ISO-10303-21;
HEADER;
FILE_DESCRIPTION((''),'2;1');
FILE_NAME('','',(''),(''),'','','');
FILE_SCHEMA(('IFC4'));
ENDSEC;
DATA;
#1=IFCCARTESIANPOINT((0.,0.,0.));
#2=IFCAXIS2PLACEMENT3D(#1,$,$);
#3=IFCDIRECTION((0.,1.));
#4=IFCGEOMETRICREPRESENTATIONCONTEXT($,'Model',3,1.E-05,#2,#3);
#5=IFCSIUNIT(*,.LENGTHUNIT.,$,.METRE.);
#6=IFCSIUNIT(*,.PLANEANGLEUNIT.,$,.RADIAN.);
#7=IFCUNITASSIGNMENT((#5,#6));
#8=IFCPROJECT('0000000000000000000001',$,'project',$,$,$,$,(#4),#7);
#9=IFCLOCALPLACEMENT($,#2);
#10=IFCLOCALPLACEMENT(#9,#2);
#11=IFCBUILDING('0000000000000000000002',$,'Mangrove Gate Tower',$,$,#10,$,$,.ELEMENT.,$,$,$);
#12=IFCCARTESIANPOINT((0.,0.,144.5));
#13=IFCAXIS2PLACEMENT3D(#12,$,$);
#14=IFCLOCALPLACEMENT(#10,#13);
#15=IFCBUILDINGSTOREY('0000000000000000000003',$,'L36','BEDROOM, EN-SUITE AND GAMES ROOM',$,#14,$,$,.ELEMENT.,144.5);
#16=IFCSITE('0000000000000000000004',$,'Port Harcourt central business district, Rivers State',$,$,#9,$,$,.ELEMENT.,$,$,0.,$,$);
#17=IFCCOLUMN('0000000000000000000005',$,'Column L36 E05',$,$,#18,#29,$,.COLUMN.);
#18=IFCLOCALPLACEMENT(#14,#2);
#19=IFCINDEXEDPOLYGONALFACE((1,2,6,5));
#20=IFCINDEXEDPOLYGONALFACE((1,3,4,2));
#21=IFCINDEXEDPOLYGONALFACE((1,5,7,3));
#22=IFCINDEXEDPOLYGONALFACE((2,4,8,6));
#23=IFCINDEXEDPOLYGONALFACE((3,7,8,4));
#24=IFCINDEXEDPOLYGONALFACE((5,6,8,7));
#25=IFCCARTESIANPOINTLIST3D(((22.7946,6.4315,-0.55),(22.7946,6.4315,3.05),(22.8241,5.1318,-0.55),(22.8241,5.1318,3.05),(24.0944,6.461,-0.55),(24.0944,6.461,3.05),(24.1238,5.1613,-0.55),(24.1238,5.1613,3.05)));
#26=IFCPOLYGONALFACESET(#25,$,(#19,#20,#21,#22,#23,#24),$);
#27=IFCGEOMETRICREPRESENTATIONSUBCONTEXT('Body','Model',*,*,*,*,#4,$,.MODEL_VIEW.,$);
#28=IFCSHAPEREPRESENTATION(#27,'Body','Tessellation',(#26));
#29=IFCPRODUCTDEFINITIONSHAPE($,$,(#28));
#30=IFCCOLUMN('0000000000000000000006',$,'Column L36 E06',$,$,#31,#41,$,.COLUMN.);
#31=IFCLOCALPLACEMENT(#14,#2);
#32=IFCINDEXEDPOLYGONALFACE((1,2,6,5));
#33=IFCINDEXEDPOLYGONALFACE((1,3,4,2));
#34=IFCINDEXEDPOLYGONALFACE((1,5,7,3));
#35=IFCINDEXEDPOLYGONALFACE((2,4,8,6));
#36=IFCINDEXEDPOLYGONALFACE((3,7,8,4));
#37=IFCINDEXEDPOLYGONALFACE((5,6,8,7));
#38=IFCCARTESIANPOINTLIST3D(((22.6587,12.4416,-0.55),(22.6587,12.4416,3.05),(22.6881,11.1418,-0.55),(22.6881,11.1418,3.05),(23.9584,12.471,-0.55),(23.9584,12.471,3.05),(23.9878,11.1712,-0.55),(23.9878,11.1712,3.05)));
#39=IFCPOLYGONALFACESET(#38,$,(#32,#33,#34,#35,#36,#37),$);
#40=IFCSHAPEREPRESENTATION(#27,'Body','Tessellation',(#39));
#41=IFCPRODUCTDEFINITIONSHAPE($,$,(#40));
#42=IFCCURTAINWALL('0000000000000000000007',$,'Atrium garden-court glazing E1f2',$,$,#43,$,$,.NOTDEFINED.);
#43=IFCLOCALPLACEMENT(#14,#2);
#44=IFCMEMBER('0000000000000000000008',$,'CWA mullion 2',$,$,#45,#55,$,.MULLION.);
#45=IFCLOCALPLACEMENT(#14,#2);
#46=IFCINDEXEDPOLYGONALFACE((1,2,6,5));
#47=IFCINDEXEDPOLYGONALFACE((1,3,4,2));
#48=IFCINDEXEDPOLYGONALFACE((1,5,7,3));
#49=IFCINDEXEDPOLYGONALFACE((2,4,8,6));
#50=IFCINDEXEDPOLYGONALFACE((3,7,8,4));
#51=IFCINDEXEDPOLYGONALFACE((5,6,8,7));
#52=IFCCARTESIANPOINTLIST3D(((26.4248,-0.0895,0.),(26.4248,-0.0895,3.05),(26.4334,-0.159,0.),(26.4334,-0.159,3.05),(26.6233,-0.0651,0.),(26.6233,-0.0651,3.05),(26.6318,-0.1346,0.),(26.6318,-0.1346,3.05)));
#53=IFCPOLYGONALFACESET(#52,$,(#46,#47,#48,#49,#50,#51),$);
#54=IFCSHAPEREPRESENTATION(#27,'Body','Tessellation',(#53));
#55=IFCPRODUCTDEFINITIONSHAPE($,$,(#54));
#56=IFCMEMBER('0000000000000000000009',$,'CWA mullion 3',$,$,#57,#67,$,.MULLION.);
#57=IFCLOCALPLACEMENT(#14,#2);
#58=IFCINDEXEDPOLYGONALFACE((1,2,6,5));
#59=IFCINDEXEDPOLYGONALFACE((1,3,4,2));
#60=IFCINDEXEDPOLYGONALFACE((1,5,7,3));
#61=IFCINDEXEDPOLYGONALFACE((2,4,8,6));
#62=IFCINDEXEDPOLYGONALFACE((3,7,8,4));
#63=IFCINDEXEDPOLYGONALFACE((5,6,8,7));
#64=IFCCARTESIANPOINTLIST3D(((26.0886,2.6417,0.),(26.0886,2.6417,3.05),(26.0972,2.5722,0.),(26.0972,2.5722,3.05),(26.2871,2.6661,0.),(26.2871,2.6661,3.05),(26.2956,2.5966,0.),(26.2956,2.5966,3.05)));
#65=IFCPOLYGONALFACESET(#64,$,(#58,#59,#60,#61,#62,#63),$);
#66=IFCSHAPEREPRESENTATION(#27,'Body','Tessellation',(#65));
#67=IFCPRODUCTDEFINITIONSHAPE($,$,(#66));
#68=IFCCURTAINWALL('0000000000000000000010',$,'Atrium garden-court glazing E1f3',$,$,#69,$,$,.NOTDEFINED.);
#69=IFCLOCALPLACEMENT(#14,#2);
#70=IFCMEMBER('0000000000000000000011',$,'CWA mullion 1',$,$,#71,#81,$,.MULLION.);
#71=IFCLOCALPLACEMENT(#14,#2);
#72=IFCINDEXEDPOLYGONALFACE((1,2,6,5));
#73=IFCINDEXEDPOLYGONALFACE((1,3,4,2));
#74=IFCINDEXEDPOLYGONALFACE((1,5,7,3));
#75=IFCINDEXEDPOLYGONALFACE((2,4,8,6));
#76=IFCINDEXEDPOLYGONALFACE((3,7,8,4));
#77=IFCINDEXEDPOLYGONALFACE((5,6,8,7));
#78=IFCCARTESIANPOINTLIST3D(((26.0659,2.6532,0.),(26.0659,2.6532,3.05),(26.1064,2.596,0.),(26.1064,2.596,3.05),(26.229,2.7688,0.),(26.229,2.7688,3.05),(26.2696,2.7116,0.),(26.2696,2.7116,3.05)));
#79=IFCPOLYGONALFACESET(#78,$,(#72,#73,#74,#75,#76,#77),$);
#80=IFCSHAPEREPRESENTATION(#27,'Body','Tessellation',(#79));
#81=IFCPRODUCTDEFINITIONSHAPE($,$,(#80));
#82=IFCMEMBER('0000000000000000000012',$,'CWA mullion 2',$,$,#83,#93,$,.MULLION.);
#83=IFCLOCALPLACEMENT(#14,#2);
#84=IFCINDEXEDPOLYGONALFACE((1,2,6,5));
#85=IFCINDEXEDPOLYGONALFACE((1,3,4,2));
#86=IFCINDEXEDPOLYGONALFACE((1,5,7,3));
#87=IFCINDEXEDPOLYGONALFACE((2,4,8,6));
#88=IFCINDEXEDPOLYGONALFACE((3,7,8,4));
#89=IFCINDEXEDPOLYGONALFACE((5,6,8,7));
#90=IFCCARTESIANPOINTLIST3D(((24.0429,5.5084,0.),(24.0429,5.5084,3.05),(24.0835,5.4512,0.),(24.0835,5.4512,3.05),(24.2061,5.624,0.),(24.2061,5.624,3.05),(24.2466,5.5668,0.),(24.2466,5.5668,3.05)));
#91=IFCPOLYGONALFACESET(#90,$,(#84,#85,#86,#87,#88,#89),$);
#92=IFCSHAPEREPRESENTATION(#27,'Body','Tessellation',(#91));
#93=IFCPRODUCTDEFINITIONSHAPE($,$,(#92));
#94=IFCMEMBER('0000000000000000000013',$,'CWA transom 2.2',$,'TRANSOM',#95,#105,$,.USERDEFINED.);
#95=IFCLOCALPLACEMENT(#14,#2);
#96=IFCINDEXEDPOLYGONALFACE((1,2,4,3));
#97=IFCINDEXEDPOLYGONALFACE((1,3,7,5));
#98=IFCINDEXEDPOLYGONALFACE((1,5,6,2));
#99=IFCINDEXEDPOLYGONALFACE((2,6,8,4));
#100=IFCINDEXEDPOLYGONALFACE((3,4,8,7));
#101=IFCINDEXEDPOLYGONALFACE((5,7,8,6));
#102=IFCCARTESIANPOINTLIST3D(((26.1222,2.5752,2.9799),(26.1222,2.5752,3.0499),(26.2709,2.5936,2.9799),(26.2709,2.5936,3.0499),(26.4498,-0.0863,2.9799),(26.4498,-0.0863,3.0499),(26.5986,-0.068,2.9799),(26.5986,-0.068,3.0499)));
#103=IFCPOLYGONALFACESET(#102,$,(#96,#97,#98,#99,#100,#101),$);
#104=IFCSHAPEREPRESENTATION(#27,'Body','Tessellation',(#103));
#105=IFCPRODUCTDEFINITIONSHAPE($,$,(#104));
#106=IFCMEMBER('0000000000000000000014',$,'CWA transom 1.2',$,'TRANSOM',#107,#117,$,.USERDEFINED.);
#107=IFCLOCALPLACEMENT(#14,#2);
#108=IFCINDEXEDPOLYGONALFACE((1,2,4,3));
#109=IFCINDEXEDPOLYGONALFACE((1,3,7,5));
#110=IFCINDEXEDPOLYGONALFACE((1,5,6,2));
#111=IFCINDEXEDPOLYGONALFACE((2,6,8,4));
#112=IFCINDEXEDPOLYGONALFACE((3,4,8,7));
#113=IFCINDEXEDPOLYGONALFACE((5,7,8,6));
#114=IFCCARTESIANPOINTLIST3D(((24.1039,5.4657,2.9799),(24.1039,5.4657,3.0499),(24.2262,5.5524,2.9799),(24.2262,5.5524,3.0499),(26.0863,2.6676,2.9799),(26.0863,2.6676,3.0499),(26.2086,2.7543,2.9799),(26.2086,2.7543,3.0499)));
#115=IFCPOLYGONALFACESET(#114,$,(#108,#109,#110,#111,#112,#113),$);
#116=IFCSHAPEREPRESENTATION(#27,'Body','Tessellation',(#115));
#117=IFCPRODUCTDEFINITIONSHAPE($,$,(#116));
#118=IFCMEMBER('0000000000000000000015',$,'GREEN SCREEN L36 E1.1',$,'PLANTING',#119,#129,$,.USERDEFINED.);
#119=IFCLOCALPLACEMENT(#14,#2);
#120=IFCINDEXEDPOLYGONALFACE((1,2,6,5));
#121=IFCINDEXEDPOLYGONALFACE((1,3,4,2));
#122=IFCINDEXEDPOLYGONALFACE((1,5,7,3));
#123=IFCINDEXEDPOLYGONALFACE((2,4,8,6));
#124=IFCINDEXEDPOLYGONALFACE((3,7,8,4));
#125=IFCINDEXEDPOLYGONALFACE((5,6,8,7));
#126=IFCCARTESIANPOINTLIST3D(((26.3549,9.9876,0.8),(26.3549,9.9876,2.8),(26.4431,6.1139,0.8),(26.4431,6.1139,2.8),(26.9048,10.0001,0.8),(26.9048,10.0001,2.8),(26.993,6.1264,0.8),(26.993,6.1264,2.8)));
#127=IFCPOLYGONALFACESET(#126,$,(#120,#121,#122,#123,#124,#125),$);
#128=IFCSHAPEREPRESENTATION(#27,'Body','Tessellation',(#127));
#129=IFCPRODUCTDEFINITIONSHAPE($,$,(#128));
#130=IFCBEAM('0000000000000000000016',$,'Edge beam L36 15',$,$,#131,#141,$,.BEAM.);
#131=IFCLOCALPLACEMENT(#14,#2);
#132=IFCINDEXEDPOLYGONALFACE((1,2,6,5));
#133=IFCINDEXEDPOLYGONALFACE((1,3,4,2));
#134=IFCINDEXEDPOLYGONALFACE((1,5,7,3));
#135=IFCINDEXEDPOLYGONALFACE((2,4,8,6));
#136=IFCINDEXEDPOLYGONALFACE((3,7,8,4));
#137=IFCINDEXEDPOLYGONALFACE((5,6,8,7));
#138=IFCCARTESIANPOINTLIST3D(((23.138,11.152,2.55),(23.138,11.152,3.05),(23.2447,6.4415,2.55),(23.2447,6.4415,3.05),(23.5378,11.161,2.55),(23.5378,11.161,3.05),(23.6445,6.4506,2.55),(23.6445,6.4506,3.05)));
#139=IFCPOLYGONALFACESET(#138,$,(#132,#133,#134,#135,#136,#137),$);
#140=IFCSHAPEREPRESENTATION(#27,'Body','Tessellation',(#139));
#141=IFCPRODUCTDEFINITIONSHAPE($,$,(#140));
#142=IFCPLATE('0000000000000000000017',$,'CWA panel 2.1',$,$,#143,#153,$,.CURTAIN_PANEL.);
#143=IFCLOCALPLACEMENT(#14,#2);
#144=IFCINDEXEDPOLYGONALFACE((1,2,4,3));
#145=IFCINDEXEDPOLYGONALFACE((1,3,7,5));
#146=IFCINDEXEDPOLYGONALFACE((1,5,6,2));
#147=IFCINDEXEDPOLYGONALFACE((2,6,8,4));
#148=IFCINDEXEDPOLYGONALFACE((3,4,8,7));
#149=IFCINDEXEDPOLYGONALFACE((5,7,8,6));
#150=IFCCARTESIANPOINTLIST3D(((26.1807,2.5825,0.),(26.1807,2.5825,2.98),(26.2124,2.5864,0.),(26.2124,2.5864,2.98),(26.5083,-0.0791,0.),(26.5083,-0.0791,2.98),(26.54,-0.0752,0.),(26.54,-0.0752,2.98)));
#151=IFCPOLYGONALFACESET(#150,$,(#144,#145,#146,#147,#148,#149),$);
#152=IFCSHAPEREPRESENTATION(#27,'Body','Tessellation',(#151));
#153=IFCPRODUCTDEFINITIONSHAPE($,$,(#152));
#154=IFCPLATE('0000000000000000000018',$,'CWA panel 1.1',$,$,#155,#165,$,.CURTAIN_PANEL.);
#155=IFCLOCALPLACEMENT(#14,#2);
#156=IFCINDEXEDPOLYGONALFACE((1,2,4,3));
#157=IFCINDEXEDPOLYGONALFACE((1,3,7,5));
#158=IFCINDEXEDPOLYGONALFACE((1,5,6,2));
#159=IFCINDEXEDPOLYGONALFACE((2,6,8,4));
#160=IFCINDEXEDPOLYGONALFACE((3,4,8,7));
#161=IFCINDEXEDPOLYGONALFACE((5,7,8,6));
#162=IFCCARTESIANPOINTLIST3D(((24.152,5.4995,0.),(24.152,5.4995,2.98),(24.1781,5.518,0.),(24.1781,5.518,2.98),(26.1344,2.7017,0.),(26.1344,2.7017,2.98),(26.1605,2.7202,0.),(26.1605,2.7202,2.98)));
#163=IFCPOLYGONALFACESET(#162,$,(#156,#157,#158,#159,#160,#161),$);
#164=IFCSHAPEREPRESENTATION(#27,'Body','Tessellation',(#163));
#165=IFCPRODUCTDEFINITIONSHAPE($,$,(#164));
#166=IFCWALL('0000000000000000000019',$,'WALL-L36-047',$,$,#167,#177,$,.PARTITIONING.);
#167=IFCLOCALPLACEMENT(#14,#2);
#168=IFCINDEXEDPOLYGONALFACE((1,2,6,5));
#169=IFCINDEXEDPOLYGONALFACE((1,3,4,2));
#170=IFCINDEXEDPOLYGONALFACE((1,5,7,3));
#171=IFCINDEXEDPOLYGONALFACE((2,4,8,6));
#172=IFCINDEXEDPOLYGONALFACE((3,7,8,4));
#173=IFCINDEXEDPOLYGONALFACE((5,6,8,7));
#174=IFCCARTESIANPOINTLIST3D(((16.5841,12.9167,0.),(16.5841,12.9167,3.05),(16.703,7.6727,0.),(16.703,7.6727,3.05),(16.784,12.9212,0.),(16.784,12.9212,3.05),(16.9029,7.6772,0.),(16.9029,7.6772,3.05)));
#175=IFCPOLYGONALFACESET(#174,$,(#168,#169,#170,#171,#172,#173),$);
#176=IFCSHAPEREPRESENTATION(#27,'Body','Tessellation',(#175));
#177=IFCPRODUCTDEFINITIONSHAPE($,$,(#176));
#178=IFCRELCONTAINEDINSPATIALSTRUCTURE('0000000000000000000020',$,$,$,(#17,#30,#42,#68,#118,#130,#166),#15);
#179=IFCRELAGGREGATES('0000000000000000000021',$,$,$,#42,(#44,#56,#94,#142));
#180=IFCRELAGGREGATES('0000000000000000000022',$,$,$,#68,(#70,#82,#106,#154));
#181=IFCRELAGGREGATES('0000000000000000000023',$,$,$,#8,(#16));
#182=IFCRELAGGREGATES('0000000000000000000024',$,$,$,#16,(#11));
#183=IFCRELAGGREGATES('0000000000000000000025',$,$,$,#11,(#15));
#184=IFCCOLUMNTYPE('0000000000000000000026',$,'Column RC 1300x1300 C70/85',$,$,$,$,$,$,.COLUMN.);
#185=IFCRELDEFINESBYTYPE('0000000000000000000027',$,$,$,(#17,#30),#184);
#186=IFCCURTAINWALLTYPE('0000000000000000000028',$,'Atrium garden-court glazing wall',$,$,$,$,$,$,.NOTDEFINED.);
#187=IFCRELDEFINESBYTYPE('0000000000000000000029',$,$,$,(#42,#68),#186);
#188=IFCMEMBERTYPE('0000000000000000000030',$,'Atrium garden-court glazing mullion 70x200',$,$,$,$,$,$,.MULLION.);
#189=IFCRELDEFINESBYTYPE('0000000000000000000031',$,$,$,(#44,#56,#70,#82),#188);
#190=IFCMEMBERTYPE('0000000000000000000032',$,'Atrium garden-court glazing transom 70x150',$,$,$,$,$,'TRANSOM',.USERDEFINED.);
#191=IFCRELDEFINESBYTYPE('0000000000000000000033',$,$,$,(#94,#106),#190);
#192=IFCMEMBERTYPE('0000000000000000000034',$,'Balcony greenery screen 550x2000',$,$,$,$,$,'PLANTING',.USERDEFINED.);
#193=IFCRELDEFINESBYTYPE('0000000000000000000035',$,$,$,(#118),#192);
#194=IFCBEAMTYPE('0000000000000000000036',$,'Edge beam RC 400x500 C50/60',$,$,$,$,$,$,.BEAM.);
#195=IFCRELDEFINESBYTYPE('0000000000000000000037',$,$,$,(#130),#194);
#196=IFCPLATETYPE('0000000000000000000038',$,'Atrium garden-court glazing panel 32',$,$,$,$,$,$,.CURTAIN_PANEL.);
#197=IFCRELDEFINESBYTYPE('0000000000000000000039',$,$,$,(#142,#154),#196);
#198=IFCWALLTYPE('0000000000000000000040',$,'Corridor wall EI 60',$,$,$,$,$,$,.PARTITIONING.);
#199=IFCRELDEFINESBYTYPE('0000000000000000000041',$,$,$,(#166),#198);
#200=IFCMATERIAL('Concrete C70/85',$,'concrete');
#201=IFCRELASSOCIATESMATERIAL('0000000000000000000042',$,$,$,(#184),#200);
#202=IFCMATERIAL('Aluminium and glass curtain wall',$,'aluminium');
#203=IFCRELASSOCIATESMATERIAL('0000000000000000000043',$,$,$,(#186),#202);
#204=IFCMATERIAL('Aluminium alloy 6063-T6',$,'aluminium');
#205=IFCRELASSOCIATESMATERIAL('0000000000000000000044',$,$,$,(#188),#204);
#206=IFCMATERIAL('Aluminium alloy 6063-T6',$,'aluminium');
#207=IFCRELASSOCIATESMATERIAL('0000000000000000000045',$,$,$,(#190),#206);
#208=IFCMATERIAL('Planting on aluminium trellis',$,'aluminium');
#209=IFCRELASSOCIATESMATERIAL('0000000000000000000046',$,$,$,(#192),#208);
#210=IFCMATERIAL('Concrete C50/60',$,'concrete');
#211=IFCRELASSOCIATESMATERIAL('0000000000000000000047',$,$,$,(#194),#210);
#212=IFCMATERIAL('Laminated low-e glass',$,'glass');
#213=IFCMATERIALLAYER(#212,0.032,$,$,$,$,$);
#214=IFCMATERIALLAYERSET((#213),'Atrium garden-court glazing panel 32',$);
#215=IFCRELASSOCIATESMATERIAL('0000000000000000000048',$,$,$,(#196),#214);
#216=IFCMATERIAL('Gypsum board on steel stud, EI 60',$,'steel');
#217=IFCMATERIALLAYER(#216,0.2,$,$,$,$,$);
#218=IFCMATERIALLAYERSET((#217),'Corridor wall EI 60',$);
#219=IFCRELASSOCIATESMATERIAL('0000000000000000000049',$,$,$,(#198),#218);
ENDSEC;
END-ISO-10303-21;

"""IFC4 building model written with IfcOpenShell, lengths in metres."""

from ifc_helpers import new_model, si_unit, direction, frame, frame_2d, origin, origin_2d, place, context, subcontext, project, spatial, rectangle, extrude, material, layer, layer_set, material_profile, profile_set, type_object, element, aggregate, save


model = new_model("IFC4")

# Units and contexts
model_context = context("Model", 3, precision=1e-05, world=origin(), true_north=direction((0.0, 1.0)))
body_context = subcontext(model_context, "Body", "Model", "MODEL_VIEW")
ifc_project = project(units=[si_unit("LENGTHUNIT", "METRE"), si_unit("PLANEANGLEUNIT", "RADIAN")], contexts=[model_context])

# Site, building, storey
site_placement = place(None, origin())
site = spatial("IfcSite", under=ifc_project, at=site_placement, Name="Port Harcourt central business district, Rivers State", CompositionType="ELEMENT", RefElevation=0.0)
building_placement = place(site_placement, origin())
building = spatial("IfcBuilding", under=site, at=building_placement, Name="Mangrove Gate Tower", CompositionType="ELEMENT")
storey_placement = place(building_placement, frame((0.0, 0.0, 144.5)))
storey = spatial("IfcBuildingStorey", under=building, at=storey_placement, Name="L36", Description="BEDROOM, EN-SUITE AND GAMES ROOM", CompositionType="ELEMENT", Elevation=144.5)

# Columns
ifc_material_1 = material(Name="Concrete C70/85", Category="concrete")
ifc_material_profile_1 = material_profile(ifc_material_1, rectangle(XDim=1.3, YDim=1.3, at=origin_2d()))
ifc_profile_set_1 = profile_set([ifc_material_profile_1], Name="Concrete C70/85")
column_type = type_object("IfcColumnType", Name="Column RC 1300x1300 C70/85", PredefinedType="COLUMN", material=ifc_profile_set_1)
for number, where, z_axis, x_axis, name in (
    (1, (23.4592, 5.7964, -0.55), (0.0, 0.0, 1.0), (-0.022669, 0.999743, 0.0), "Column L36 E05"),
    (2, (23.3232, 11.8064, -0.55), (0.0, 0.0, 1.0), (-0.022621, 0.999744, 0.0), "Column L36 E06"),
):
    element("IfcColumn", number, at=place(storey_placement, frame(where, z_axis=z_axis, x_axis=x_axis)), inside=storey, type_object=column_type, Name=name, PredefinedType="COLUMN", context=body_context, shape_type="SweptSolid", body=[
        extrude(rectangle(XDim=1.3, YDim=1.3, at=origin_2d()), origin(), (0.0, 0.0, 1.0), 3.6001),
    ])

# Curtain walls, members
ifc_material_2 = material(Name="Aluminium and glass curtain wall", Category="aluminium")
curtain_wall_type = type_object("IfcCurtainWallType", Name="Atrium garden-court glazing wall", PredefinedType="NOTDEFINED", material=ifc_material_2)
curtain_wall_1_placement = place(storey_placement, origin())
curtain_wall_1 = element("IfcCurtainWall", 3, at=curtain_wall_1_placement, inside=storey, type_object=curtain_wall_type, Name="Atrium garden-court glazing E1f2", PredefinedType="NOTDEFINED")
ifc_material_3 = material(Name="Aluminium alloy 6063-T6", Category="aluminium")
ifc_material_profile_2 = material_profile(ifc_material_3, rectangle(XDim=0.0701, YDim=0.2, at=origin_2d()))
ifc_profile_set_2 = profile_set([ifc_material_profile_2], Name="Aluminium alloy 6063-T6")
member_type_1 = type_object("IfcMemberType", Name="Atrium garden-court glazing mullion 70x200", PredefinedType="MULLION", material=ifc_profile_set_2)
member_1_placement = place(storey_placement, frame((26.5283, -0.1121, 0.0), z_axis=(0.0, 0.0, 1.0), x_axis=(-0.122172, 0.992509, 0.0)))
member_1 = element("IfcMember", 4, at=member_1_placement, type_object=member_type_1, Name="CWA mullion 2", PredefinedType="MULLION", context=body_context, shape_type="SweptSolid", body=[
    extrude(rectangle(XDim=0.0701, YDim=0.2, at=origin_2d()), origin(), (0.0, 0.0, 1.0), 3.05),
])
member_2_placement = place(storey_placement, frame((26.1921, 2.6191, 0.0), z_axis=(0.0, 0.0, 1.0), x_axis=(-0.122172, 0.992509, 0.0)))
member_2 = element("IfcMember", 5, at=member_2_placement, type_object=member_type_1, Name="CWA mullion 3", PredefinedType="MULLION", context=body_context, shape_type="SweptSolid", body=[
    extrude(rectangle(XDim=0.0701, YDim=0.2, at=origin_2d()), origin(), (0.0, 0.0, 1.0), 3.05),
])
curtain_wall_2_placement = place(storey_placement, origin())
curtain_wall_2 = element("IfcCurtainWall", 6, at=curtain_wall_2_placement, inside=storey, type_object=curtain_wall_type, Name="Atrium garden-court glazing E1f3", PredefinedType="NOTDEFINED")
member_3_placement = place(storey_placement, frame((26.1677, 2.6824, 0.0), z_axis=(0.0, 0.0, 1.0), x_axis=(-0.578132, 0.815943, 0.0)))
member_3 = element("IfcMember", 7, at=member_3_placement, type_object=member_type_1, Name="CWA mullion 1", PredefinedType="MULLION", context=body_context, shape_type="SweptSolid", body=[
    extrude(rectangle(XDim=0.0701, YDim=0.2, at=origin_2d()), origin(), (0.0, 0.0, 1.0), 3.05),
])
member_4_placement = place(storey_placement, frame((24.1448, 5.5376, 0.0), z_axis=(0.0, 0.0, 1.0), x_axis=(-0.578132, 0.815943, 0.0)))
member_4 = element("IfcMember", 8, at=member_4_placement, type_object=member_type_1, Name="CWA mullion 2", PredefinedType="MULLION", context=body_context, shape_type="SweptSolid", body=[
    extrude(rectangle(XDim=0.0701, YDim=0.2, at=origin_2d()), origin(), (0.0, 0.0, 1.0), 3.05),
])

# Members
ifc_material_4 = material(Name="Aluminium alloy 6063-T6", Category="aluminium")
ifc_material_profile_3 = material_profile(ifc_material_4, rectangle(XDim=0.0701, YDim=0.1499, at=origin_2d()))
ifc_profile_set_3 = profile_set([ifc_material_profile_3], Name="Aluminium alloy 6063-T6")
member_type_2 = type_object("IfcMemberType", Name="Atrium garden-court glazing transom 70x150", ElementType="TRANSOM", PredefinedType="USERDEFINED", material=ifc_profile_set_3)
member_5_placement = place(storey_placement, frame((26.5242, -0.0771, 3.0149), z_axis=(-0.122175, 0.992509, 0.0), x_axis=(0.0, 0.0, 1.0)))
member_5 = element("IfcMember", 9, at=member_5_placement, type_object=member_type_2, Name="CWA transom 2.2", ObjectType="TRANSOM", PredefinedType="USERDEFINED", context=body_context, shape_type="SweptSolid", body=[
    extrude(rectangle(XDim=0.0701, YDim=0.1499, at=origin_2d()), origin(), (0.0, 0.0, 1.0), 2.6816),
])
member_6_placement = place(storey_placement, frame((26.1475, 2.7109, 3.0149), z_axis=(-0.578102, 0.815964, 0.0), x_axis=(0.0, 0.0, 1.0)))
member_6 = element("IfcMember", 10, at=member_6_placement, type_object=member_type_2, Name="CWA transom 1.2", ObjectType="TRANSOM", PredefinedType="USERDEFINED", context=body_context, shape_type="SweptSolid", body=[
    extrude(rectangle(XDim=0.0701, YDim=0.1499, at=origin_2d()), origin(), (0.0, 0.0, 1.0), 3.4292),
])
ifc_material_5 = material(Name="Planting on aluminium trellis", Category="aluminium")
ifc_material_profile_4 = material_profile(ifc_material_5, rectangle(XDim=0.55, YDim=2.0, at=origin_2d()))
ifc_profile_set_4 = profile_set([ifc_material_profile_4], Name="Planting on aluminium trellis")
member_type_3 = type_object("IfcMemberType", Name="Balcony greenery screen 550x2000", ElementType="PLANTING", PredefinedType="USERDEFINED", material=ifc_profile_set_4)
member_7_placement = place(storey_placement, frame((26.718, 6.1201, 1.8), z_axis=(-0.022746, 0.999741, 0.0), x_axis=(-0.999741, -0.022746, 0.0)))
element("IfcMember", 11, at=member_7_placement, inside=storey, type_object=member_type_3, Name="GREEN SCREEN L36 E1.1", ObjectType="PLANTING", PredefinedType="USERDEFINED", context=body_context, shape_type="SweptSolid", body=[
    extrude(rectangle(XDim=0.55, YDim=2.0, at=origin_2d()), origin(), (0.0, 0.0, 1.0), 3.8748),
])

# Beam
ifc_material_6 = material(Name="Concrete C50/60", Category="concrete")
ifc_material_profile_5 = material_profile(ifc_material_6, rectangle(XDim=0.3999, YDim=0.5, at=origin_2d()))
ifc_profile_set_5 = profile_set([ifc_material_profile_5], Name="Concrete C50/60")
beam_type = type_object("IfcBeamType", Name="Edge beam RC 400x500 C50/60", PredefinedType="BEAM", material=ifc_profile_set_5)
beam_placement = place(storey_placement, frame((23.4446, 6.446, 2.8), z_axis=(-0.022644, 0.999744, 0.0), x_axis=(-0.999744, -0.022644, 0.0)))
element("IfcBeam", 12, at=beam_placement, inside=storey, type_object=beam_type, Name="Edge beam L36 15", PredefinedType="BEAM", context=body_context, shape_type="SweptSolid", body=[
    extrude(rectangle(XDim=0.3999, YDim=0.5, at=origin_2d()), origin(), (0.0, 0.0, 1.0), 4.7117),
])

# Plates
ifc_material_7 = material(Name="Laminated low-e glass", Category="glass")
ifc_layer_1 = layer(ifc_material_7, 0.032)
ifc_layer_set_1 = layer_set([ifc_layer_1], Name="Atrium garden-court glazing panel 32")
plate_type = type_object("IfcPlateType", Name="Atrium garden-court glazing panel 32", PredefinedType="CURTAIN_PANEL", material=ifc_layer_set_1)
plate_1_placement = place(storey_placement, frame((26.3604, 1.2537, 0.0), z_axis=(0.0, 0.0, 1.0), x_axis=(-0.122172, 0.992509, 0.0)))
plate_1 = element("IfcPlate", 13, at=plate_1_placement, type_object=plate_type, Name="CWA panel 2.1", PredefinedType="CURTAIN_PANEL", context=body_context, shape_type="SweptSolid", body=[
    extrude(rectangle(XDim=2.6816, YDim=0.032, at=origin_2d()), origin(), (0.0, 0.0, 1.0), 2.98),
])
aggregate(curtain_wall_1, [member_1, member_2, member_5, plate_1])
plate_2_placement = place(storey_placement, frame((25.1562, 4.1099, 0.0), z_axis=(0.0, 0.0, 1.0), x_axis=(-0.578132, 0.815943, 0.0)))
plate_2 = element("IfcPlate", 14, at=plate_2_placement, type_object=plate_type, Name="CWA panel 1.1", PredefinedType="CURTAIN_PANEL", context=body_context, shape_type="SweptSolid", body=[
    extrude(rectangle(XDim=3.429, YDim=0.032, at=origin_2d()), origin(), (0.0, 0.0, 1.0), 2.98),
])
aggregate(curtain_wall_2, [member_3, member_4, member_6, plate_2])

# Wall
ifc_material_8 = material(Name="Gypsum board on steel stud, EI 60", Category="steel")
ifc_layer_2 = layer(ifc_material_8, 0.2)
ifc_layer_set_2 = layer_set([ifc_layer_2], Name="Corridor wall EI 60")
wall_type_1 = type_object("IfcWallType", Name="Corridor wall EI 60", PredefinedType="PARTITIONING", material=ifc_layer_set_2)
wall_1_placement = place(storey_placement, frame((16.803, 7.675, 0.0), z_axis=(0.0, 0.0, 1.0), x_axis=(-0.022667, 0.999743, 0.0)))
element("IfcWall", 15, at=wall_1_placement, inside=storey, type_object=wall_type_1, Name="WALL-L36-047", PredefinedType="PARTITIONING", context=body_context, shape_type="SweptSolid", body=[
    extrude(rectangle(XDim=5.2454, YDim=0.2, at=frame_2d((2.6226, 0.0))), origin(), (0.0, 0.0, 1.0), 3.05),
])

save(model, "model.ifc")
